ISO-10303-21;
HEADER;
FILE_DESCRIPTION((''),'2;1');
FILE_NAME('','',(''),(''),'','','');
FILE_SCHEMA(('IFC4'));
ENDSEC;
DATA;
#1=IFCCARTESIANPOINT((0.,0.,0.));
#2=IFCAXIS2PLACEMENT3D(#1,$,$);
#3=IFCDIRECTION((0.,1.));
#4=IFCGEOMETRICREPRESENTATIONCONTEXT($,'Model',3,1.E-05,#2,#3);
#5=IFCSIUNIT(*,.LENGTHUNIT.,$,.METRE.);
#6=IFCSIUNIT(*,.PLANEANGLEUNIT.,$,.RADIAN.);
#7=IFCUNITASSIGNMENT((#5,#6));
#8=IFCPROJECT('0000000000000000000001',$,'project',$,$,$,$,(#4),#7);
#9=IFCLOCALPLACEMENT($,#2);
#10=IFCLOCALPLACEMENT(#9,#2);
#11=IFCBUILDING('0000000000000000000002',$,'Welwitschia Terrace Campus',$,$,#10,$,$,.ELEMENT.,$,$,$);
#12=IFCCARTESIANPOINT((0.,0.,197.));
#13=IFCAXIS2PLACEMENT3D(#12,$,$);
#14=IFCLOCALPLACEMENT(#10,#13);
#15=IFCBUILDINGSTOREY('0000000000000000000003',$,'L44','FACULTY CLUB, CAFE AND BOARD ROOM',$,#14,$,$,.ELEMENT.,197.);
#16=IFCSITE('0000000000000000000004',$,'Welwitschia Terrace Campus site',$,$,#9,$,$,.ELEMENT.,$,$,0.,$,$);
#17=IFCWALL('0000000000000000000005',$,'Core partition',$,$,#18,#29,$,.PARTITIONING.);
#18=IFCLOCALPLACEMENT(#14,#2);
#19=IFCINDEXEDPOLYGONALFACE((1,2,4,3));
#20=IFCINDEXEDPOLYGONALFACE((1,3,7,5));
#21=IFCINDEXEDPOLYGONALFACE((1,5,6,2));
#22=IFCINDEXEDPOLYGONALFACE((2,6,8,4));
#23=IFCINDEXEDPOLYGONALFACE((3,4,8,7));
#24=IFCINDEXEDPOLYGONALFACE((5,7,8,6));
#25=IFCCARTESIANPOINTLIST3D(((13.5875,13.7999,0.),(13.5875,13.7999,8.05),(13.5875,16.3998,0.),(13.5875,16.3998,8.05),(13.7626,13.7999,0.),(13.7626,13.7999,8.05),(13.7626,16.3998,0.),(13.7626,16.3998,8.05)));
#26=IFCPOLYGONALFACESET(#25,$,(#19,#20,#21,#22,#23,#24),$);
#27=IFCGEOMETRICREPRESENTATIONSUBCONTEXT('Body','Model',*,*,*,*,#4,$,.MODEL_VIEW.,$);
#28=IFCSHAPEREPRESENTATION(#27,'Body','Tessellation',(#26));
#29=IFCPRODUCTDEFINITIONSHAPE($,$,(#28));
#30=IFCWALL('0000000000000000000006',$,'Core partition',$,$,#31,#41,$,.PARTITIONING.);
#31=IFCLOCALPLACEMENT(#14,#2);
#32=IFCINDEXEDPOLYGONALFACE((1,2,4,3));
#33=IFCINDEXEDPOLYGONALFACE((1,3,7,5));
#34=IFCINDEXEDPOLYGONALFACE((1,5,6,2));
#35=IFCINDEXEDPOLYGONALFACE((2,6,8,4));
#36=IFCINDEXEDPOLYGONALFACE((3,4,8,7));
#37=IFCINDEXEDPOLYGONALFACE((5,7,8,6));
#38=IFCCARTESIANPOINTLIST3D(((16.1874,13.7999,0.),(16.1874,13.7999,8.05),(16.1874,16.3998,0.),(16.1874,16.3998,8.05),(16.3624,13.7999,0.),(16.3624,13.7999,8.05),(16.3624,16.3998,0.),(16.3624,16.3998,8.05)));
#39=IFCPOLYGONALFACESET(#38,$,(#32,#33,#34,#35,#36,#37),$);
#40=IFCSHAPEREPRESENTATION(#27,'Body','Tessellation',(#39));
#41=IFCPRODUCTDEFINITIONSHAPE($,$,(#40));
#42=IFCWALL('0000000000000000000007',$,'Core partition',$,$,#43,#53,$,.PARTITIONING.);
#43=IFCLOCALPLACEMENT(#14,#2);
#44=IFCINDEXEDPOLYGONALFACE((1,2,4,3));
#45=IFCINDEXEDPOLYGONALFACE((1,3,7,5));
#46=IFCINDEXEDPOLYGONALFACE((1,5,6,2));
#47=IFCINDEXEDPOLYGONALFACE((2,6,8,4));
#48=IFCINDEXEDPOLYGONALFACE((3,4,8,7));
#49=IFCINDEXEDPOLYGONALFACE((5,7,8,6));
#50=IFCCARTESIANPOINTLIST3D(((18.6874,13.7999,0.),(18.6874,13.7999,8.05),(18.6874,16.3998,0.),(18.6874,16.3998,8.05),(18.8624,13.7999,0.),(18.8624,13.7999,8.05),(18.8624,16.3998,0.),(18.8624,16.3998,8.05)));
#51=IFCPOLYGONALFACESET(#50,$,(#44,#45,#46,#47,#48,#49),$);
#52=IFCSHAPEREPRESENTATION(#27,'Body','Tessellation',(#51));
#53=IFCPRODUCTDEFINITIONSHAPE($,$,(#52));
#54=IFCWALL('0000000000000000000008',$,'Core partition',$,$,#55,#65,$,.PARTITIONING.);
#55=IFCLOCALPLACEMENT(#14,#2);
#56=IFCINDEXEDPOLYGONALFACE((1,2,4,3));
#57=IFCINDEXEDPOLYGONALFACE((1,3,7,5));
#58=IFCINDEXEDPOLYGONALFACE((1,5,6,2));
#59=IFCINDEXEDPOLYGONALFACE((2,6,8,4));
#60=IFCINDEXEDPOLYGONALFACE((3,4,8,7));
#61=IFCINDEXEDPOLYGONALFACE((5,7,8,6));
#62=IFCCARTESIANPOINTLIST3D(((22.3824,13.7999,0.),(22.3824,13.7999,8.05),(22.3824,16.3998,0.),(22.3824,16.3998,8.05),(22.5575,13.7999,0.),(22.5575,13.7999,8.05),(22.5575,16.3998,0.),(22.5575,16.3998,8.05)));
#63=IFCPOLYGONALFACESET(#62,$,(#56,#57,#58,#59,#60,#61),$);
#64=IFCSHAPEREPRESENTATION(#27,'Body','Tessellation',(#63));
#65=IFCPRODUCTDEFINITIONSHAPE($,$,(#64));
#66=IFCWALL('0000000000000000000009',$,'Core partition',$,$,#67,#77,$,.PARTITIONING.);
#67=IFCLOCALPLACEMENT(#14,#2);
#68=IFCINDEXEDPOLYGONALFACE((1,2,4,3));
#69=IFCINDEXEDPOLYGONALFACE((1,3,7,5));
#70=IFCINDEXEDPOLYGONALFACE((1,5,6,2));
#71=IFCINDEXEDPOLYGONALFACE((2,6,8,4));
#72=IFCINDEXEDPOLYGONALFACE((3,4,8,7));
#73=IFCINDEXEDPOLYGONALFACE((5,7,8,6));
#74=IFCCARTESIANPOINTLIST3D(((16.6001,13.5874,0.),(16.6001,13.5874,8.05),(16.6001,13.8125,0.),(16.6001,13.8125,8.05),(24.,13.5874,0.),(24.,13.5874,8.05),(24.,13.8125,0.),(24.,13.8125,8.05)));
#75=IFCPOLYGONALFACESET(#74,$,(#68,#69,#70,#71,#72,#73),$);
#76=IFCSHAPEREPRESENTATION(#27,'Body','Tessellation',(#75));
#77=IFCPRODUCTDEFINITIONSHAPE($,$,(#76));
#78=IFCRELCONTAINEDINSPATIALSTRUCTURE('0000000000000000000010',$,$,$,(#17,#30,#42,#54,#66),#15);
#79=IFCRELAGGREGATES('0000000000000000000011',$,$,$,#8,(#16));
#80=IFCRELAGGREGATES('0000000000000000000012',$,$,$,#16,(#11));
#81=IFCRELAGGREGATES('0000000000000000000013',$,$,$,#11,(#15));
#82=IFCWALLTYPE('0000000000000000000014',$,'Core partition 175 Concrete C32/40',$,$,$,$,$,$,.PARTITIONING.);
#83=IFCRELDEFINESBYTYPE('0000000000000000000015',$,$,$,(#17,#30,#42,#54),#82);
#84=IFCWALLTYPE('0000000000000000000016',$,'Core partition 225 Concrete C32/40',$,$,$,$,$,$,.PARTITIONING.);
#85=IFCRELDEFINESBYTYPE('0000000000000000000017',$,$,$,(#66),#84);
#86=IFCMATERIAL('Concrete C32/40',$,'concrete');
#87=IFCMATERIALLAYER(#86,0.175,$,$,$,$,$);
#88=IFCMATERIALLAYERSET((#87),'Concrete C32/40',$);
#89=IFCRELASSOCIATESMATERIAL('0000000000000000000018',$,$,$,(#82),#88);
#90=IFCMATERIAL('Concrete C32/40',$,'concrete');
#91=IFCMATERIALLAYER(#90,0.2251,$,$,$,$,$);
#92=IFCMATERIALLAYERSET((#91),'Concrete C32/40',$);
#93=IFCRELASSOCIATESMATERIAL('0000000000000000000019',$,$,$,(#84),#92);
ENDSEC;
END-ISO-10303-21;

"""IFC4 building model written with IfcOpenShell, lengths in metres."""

from ifc_helpers import new_model, si_unit, direction, frame, frame_2d, origin, place, context, subcontext, project, spatial, rectangle, extrude, material, layer, layer_set, type_object, element, save


model = new_model("IFC4")

# Units and contexts
model_context = context("Model", 3, precision=1e-05, world=origin(), true_north=direction((0.0, 1.0)))
body_context = subcontext(model_context, "Body", "Model", "MODEL_VIEW")
ifc_project = project(units=[si_unit("LENGTHUNIT", "METRE"), si_unit("PLANEANGLEUNIT", "RADIAN")], contexts=[model_context])

# Site, building, storey
site_placement = place(None, origin())
site = spatial("IfcSite", under=ifc_project, at=site_placement, Name="Welwitschia Terrace Campus site", CompositionType="ELEMENT", RefElevation=0.0)
building_placement = place(site_placement, origin())
building = spatial("IfcBuilding", under=site, at=building_placement, Name="Welwitschia Terrace Campus", CompositionType="ELEMENT")
storey_placement = place(building_placement, frame((0.0, 0.0, 197.0)))
storey = spatial("IfcBuildingStorey", under=building, at=storey_placement, Name="L44", Description="FACULTY CLUB, CAFE AND BOARD ROOM", CompositionType="ELEMENT", Elevation=197.0)

# Walls
ifc_material_1 = material(Name="Concrete C32/40", Category="concrete")
ifc_layer_1 = layer(ifc_material_1, 0.175)
ifc_layer_set_1 = layer_set([ifc_layer_1], Name="Concrete C32/40")
wall_type_1 = type_object("IfcWallType", Name="Core partition 175 Concrete C32/40", PredefinedType="PARTITIONING", material=ifc_layer_set_1)
for number, where, z_axis, x_axis, name in (
    (1, (13.675, 13.8, 0.0), (0.0, 0.0, 1.0), (0.0, 1.0, 0.0), "Core partition"),
    (2, (16.2749, 13.8, 0.0), (0.0, 0.0, 1.0), (0.0, 1.0, 0.0), "Core partition"),
    (3, (18.7749, 13.8, 0.0), (0.0, 0.0, 1.0), (0.0, 1.0, 0.0), "Core partition"),
    (4, (22.47, 13.8, 0.0), (0.0, 0.0, 1.0), (0.0, 1.0, 0.0), "Core partition"),
):
    element("IfcWall", number, at=place(storey_placement, frame(where, z_axis=z_axis, x_axis=x_axis)), inside=storey, type_object=wall_type_1, Name=name, PredefinedType="PARTITIONING", context=body_context, shape_type="SweptSolid", body=[
        extrude(rectangle(XDim=2.5999, YDim=0.175, at=frame_2d((1.2998, 0.0))), origin(), (0.0, 0.0, 1.0), 8.05),
    ])
ifc_material_2 = material(Name="Concrete C32/40", Category="concrete")
ifc_layer_2 = layer(ifc_material_2, 0.2251)
ifc_layer_set_2 = layer_set([ifc_layer_2], Name="Concrete C32/40")
wall_type_2 = type_object("IfcWallType", Name="Core partition 225 Concrete C32/40", PredefinedType="PARTITIONING", material=ifc_layer_set_2)
wall_1_placement = place(storey_placement, frame((16.6001, 13.7, 0.0), z_axis=(0.0, 0.0, 1.0), x_axis=(1.0, 0.0, 0.0)))
element("IfcWall", 5, at=wall_1_placement, inside=storey, type_object=wall_type_2, Name="Core partition", PredefinedType="PARTITIONING", context=body_context, shape_type="SweptSolid", body=[
    extrude(rectangle(XDim=7.3999, YDim=0.2251, at=frame_2d((3.7, 0.0))), origin(), (0.0, 0.0, 1.0), 8.05),
])

save(model, "model.ifc")
